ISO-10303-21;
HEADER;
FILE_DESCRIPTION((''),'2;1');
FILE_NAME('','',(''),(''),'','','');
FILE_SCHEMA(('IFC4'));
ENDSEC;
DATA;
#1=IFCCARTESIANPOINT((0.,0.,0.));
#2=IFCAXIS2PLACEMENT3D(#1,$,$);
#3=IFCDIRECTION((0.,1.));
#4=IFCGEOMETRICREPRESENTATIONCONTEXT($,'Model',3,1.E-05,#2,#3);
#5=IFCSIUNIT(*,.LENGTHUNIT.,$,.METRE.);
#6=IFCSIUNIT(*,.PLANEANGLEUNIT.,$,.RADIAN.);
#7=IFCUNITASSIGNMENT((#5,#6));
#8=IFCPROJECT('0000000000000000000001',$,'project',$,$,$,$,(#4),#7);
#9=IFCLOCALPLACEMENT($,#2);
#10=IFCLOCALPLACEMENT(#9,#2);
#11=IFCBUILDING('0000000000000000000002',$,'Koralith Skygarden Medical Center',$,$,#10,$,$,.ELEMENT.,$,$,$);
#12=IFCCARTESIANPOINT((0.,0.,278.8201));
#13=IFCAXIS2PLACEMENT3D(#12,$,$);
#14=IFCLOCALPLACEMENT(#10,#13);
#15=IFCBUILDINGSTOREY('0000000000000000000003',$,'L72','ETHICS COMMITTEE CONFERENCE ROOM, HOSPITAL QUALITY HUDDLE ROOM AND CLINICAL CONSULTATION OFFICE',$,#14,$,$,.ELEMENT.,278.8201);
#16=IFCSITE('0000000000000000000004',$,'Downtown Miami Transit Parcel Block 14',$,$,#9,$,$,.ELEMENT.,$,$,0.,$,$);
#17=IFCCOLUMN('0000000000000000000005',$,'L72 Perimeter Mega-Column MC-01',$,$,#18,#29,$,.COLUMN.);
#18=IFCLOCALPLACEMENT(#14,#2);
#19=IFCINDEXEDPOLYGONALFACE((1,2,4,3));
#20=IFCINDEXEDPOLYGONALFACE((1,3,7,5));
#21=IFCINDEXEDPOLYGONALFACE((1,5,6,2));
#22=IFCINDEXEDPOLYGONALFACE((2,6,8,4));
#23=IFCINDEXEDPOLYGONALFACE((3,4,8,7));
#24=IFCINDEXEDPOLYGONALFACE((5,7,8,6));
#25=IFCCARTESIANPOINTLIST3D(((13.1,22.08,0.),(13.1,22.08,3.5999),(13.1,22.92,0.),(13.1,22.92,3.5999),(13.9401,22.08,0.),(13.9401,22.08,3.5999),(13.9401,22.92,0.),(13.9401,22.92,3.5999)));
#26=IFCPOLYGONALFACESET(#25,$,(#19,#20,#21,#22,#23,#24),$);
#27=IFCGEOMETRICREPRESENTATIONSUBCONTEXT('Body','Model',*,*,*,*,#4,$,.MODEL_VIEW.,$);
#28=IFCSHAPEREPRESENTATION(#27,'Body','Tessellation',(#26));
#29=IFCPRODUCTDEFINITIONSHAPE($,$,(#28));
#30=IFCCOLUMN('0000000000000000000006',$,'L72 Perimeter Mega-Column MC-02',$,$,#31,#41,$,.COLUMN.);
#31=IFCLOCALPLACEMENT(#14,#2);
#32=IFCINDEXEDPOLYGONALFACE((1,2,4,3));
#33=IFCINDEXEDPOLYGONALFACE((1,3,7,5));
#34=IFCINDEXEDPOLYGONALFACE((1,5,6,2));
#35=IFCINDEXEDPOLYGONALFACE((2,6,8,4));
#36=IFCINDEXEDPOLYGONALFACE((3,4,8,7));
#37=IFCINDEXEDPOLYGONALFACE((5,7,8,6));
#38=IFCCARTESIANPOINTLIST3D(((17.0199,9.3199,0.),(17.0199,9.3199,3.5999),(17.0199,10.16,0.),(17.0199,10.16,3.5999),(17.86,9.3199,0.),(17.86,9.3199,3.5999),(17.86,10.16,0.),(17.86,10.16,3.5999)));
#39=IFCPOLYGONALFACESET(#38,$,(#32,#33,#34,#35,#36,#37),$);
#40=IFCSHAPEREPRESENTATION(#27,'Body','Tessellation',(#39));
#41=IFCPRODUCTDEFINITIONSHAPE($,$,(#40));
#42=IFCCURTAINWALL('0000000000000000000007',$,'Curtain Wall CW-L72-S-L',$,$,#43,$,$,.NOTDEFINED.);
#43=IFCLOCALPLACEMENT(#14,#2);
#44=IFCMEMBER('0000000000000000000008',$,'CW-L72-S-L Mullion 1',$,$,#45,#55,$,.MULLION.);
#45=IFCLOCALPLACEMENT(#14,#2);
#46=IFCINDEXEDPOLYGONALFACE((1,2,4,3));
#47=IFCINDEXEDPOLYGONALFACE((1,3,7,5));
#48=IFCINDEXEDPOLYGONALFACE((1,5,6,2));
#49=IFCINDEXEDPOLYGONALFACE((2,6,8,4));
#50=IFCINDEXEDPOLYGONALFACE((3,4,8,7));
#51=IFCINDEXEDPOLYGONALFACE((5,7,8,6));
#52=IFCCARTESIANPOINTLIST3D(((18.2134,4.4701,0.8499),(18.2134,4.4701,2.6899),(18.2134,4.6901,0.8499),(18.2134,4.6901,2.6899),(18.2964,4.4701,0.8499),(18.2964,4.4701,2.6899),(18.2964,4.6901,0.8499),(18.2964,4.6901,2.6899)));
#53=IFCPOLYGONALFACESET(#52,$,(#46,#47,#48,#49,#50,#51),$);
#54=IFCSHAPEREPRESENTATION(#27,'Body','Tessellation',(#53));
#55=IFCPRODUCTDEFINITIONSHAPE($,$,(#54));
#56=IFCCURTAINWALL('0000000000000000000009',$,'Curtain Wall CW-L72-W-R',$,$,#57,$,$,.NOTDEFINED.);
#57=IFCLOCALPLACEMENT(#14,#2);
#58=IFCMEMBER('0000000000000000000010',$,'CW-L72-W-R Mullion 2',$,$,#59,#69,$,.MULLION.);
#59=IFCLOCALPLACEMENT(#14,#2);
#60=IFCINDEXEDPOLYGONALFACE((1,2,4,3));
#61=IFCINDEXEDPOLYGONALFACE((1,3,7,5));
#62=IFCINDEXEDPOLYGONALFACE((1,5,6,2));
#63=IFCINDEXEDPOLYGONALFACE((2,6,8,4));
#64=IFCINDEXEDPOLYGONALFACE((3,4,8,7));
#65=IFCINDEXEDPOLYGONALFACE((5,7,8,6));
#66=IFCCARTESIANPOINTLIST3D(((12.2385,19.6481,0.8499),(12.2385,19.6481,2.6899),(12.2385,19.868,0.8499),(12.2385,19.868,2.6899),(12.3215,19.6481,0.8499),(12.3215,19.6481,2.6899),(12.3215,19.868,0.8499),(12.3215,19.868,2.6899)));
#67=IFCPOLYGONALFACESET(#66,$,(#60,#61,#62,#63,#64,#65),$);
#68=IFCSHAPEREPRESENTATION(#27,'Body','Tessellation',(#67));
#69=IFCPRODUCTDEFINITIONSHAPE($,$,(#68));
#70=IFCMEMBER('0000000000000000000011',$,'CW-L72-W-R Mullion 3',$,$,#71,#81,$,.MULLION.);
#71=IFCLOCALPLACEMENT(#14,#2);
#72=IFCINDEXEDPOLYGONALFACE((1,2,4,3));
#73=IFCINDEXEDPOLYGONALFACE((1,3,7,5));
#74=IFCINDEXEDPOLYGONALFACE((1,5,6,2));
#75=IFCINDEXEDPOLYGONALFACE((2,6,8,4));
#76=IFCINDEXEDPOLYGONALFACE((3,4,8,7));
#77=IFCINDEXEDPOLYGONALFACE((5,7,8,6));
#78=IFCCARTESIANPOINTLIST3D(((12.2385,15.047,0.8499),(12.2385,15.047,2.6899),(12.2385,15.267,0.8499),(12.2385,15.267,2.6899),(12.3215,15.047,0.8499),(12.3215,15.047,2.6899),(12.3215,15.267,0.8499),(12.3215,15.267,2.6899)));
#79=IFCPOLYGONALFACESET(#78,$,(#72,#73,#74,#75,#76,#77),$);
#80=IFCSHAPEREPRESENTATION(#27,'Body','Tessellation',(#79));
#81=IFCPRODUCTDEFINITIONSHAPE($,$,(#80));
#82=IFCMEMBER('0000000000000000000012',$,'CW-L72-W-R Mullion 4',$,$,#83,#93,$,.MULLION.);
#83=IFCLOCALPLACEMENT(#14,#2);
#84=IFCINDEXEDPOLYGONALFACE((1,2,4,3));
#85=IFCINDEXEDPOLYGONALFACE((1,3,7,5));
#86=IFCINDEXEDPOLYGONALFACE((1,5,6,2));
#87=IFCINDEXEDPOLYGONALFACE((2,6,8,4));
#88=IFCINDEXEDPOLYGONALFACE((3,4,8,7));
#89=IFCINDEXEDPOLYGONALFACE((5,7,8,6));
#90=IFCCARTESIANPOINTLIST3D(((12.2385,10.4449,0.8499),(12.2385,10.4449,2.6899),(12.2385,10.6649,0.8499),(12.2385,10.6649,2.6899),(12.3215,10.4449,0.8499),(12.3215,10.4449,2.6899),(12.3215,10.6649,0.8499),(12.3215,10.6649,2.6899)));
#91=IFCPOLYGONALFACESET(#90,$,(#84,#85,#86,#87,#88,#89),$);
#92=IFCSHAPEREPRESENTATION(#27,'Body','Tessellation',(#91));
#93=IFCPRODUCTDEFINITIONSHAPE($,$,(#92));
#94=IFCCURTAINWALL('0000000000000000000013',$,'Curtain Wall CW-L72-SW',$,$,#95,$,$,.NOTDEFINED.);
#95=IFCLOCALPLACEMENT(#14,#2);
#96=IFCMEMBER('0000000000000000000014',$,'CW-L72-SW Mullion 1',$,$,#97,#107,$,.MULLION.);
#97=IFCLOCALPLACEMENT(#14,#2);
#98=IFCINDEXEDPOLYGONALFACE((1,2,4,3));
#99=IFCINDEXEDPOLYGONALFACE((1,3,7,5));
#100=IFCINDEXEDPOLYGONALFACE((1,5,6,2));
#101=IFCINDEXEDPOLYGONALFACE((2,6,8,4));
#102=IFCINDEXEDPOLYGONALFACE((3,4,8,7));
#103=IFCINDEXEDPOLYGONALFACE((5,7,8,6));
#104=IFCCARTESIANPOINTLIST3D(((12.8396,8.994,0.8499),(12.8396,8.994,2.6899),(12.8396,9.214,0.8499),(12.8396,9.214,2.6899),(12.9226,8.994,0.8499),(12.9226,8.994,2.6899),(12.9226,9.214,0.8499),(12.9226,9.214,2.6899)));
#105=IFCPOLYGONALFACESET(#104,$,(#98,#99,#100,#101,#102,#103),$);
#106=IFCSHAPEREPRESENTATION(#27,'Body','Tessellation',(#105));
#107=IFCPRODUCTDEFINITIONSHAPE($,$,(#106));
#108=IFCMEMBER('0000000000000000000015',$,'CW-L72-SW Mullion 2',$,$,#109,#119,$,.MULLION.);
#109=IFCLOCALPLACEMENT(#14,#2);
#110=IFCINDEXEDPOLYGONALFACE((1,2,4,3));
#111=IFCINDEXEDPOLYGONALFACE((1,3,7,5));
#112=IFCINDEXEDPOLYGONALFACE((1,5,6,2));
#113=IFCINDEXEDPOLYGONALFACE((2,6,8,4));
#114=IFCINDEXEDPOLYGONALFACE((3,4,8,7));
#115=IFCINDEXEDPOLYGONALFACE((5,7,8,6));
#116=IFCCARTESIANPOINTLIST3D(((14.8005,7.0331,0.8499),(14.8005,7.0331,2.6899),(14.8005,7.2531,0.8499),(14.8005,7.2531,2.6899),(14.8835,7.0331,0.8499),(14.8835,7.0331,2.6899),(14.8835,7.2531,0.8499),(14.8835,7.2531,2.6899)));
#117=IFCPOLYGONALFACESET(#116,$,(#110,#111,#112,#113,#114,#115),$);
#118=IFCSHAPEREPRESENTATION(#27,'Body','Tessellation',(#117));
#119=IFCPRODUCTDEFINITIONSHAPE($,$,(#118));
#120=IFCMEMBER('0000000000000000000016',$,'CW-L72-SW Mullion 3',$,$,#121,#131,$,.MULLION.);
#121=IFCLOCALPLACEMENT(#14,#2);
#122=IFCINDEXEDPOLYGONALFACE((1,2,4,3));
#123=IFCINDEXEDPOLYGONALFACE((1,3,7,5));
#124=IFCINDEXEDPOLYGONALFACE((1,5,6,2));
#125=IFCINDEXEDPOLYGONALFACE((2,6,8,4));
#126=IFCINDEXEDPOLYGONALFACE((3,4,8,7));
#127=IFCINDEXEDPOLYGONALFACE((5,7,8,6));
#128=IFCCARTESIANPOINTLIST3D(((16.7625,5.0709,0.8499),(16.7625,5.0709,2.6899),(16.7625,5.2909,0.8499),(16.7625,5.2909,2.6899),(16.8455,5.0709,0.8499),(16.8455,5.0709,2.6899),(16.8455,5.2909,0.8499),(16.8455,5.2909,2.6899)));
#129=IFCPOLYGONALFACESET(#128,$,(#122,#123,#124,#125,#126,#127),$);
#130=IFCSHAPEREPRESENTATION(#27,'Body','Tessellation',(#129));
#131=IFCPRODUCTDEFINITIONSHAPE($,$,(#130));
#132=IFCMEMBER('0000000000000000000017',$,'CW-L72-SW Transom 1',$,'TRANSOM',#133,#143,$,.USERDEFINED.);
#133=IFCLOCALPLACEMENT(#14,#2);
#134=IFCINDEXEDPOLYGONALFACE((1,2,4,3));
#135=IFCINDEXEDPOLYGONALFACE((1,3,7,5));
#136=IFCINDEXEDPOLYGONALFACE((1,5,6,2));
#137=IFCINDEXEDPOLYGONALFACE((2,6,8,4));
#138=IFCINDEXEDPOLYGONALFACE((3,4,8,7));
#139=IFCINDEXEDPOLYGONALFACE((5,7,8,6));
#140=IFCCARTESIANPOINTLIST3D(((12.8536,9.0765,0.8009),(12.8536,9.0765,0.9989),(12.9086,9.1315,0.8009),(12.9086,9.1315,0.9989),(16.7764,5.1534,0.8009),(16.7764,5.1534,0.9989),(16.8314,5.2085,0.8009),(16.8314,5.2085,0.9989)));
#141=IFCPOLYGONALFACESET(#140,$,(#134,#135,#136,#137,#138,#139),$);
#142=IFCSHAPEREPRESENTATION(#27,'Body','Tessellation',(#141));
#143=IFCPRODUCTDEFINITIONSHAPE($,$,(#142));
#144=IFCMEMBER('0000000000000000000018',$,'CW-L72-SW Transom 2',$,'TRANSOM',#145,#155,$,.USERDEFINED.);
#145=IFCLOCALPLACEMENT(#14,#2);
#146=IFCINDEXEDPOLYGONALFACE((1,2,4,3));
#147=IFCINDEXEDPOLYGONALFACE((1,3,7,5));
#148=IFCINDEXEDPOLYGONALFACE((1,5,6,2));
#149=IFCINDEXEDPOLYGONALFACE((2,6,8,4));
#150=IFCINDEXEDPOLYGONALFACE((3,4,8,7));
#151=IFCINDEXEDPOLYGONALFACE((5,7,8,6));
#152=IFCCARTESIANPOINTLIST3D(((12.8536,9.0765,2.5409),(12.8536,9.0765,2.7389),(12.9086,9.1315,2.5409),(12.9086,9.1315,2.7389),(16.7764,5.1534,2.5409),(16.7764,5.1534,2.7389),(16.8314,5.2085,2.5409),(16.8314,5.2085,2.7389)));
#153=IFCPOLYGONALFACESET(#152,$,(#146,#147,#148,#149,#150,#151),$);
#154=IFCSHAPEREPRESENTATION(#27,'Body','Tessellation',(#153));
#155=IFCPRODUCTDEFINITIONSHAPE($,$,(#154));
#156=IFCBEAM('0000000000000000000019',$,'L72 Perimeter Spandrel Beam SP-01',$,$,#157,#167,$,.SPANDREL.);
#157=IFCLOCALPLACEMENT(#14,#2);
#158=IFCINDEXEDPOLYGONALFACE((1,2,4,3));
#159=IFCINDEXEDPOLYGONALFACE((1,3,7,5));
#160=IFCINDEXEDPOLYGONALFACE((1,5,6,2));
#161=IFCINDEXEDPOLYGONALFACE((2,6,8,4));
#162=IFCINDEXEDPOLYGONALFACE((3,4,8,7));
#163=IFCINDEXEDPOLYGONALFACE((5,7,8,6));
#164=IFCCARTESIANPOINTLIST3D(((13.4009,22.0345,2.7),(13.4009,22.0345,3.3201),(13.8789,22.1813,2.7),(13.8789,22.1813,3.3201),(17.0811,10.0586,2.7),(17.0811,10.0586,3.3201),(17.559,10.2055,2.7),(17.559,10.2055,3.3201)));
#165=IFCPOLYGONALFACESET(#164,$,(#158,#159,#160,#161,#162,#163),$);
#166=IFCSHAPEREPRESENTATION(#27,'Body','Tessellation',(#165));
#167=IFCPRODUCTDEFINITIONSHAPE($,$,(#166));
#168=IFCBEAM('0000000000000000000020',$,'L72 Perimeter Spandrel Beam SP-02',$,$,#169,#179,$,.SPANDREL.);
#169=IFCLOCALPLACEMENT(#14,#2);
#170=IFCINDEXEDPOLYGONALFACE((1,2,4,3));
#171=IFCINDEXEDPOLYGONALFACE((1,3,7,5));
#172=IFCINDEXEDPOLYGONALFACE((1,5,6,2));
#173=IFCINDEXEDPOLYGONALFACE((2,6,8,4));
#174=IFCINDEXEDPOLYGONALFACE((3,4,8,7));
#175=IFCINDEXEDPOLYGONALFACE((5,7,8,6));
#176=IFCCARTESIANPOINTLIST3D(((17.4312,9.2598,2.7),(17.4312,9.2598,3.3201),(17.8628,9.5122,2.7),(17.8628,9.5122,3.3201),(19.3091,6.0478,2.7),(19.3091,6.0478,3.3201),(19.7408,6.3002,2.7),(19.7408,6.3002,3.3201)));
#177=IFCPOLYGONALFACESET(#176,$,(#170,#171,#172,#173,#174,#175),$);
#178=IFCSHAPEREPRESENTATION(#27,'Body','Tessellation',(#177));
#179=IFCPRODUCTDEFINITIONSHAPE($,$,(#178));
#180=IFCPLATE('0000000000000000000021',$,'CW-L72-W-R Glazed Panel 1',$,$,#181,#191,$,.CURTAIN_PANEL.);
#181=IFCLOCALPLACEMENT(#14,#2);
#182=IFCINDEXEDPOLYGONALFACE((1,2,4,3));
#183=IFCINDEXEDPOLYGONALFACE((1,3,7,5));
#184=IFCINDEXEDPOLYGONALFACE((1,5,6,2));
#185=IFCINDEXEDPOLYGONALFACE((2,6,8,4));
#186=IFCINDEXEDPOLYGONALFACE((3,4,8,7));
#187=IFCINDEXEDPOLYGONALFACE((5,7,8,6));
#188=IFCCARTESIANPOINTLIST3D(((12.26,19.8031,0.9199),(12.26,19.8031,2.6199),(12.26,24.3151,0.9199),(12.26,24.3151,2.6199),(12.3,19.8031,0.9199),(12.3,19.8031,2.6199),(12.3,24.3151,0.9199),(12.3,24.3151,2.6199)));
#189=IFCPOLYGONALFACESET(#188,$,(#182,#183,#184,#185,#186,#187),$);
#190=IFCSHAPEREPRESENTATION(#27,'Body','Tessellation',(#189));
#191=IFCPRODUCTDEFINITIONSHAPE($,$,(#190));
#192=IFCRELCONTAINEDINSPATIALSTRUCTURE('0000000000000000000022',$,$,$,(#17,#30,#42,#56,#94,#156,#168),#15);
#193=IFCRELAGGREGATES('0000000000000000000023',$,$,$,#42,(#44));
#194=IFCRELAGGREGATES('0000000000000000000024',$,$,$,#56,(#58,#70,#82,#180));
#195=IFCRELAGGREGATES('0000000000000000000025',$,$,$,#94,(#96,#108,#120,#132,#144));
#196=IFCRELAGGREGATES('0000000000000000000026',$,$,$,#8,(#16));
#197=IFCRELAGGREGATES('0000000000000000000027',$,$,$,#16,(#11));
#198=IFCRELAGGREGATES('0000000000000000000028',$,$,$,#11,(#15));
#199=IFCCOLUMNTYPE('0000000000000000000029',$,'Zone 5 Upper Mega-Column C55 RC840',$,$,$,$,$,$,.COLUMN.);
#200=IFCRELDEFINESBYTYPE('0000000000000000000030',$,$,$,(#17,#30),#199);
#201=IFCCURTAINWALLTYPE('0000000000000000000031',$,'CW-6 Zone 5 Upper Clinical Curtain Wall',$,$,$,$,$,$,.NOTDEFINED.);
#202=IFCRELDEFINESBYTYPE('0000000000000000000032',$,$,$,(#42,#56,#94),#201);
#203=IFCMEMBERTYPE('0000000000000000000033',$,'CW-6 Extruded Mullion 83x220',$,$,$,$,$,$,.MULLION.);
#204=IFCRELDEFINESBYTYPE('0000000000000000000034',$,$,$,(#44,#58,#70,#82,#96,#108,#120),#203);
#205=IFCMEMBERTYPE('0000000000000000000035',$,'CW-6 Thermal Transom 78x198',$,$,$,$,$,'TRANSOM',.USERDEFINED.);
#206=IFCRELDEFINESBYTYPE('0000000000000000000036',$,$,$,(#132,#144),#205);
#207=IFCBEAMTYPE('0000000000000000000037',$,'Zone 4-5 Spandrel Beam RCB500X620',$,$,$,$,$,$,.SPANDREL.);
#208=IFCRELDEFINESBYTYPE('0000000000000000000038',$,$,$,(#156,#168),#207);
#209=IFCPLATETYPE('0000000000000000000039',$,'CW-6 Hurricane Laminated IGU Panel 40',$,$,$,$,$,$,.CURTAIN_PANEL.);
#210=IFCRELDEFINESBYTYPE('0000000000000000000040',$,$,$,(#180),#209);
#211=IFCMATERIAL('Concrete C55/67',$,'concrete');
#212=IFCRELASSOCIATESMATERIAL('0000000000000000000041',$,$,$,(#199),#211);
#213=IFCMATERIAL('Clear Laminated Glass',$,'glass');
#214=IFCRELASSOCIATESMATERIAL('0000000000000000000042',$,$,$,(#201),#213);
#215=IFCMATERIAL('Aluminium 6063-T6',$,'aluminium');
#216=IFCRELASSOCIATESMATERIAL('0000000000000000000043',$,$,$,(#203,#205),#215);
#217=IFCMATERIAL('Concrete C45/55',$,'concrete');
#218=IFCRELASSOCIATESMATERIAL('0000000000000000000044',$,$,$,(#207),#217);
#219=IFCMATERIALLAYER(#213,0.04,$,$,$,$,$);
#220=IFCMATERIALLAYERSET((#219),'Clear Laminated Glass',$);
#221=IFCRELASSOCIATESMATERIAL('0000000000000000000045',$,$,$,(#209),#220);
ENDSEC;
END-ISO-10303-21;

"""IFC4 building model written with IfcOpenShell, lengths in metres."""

from ifc_helpers import new_model, si_unit, direction, frame, origin, origin_2d, place, context, subcontext, project, spatial, rectangle, extrude, material, layer, layer_set, material_profile, profile_set, type_object, element, aggregate, save


model = new_model("IFC4")

# Units and contexts
model_context = context("Model", 3, precision=1e-05, world=origin(), true_north=direction((0.0, 1.0)))
body_context = subcontext(model_context, "Body", "Model", "MODEL_VIEW")
ifc_project = project(units=[si_unit("LENGTHUNIT", "METRE"), si_unit("PLANEANGLEUNIT", "RADIAN")], contexts=[model_context])

# Site, building, storey
site_placement = place(None, origin())
site = spatial("IfcSite", under=ifc_project, at=site_placement, Name="Downtown Miami Transit Parcel Block 14", CompositionType="ELEMENT", RefElevation=0.0)
building_placement = place(site_placement, origin())
building = spatial("IfcBuilding", under=site, at=building_placement, Name="Koralith Skygarden Medical Center", CompositionType="ELEMENT")
storey_placement = place(building_placement, frame((0.0, 0.0, 278.8201)))
storey = spatial("IfcBuildingStorey", under=building, at=storey_placement, Name="L72", Description="ETHICS COMMITTEE CONFERENCE ROOM, HOSPITAL QUALITY HUDDLE ROOM AND CLINICAL CONSULTATION OFFICE", CompositionType="ELEMENT", Elevation=278.8201)

# Columns
ifc_material_1 = material(Name="Concrete C55/67", Category="concrete")
ifc_material_profile_1 = material_profile(ifc_material_1, rectangle(XDim=0.8401, YDim=0.8401, at=origin_2d()), Name="RC840X840")
ifc_profile_set_1 = profile_set([ifc_material_profile_1], Name="Concrete C55/67")
column_type = type_object("IfcColumnType", Name="Zone 5 Upper Mega-Column C55 RC840", PredefinedType="COLUMN", material=ifc_profile_set_1)
for number, where, z_axis, x_axis, name in (
    (1, (13.52, 22.5, 0.0), (0.0, 0.0, 1.0), (1.0, 0.0, 0.0), "L72 Perimeter Mega-Column MC-01"),
    (2, (17.4399, 9.74, 0.0), (0.0, 0.0, 1.0), (1.0, 0.0, 0.0), "L72 Perimeter Mega-Column MC-02"),
):
    element("IfcColumn", number, at=place(storey_placement, frame(where, z_axis=z_axis, x_axis=x_axis)), inside=storey, type_object=column_type, Name=name, PredefinedType="COLUMN", context=body_context, shape_type="SweptSolid", body=[
        extrude(rectangle(XDim=0.8401, YDim=0.8401, at=origin_2d()), origin(), (0.0, 0.0, 1.0), 3.5999),
    ])

# Curtain wall, member
ifc_material_2 = material(Name="Clear Laminated Glass", Category="glass")
curtain_wall_type = type_object("IfcCurtainWallType", Name="CW-6 Zone 5 Upper Clinical Curtain Wall", PredefinedType="NOTDEFINED", material=ifc_material_2)
curtain_wall_1_placement = place(storey_placement, origin())
curtain_wall_1 = element("IfcCurtainWall", 3, at=curtain_wall_1_placement, inside=storey, type_object=curtain_wall_type, Name="Curtain Wall CW-L72-S-L", PredefinedType="NOTDEFINED")
ifc_material_3 = material(Name="Aluminium 6063-T6", Category="aluminium")
ifc_material_profile_2 = material_profile(ifc_material_3, rectangle(XDim=0.083, YDim=0.22, at=origin_2d()), Name="MUL83X220")
ifc_profile_set_2 = profile_set([ifc_material_profile_2], Name="Aluminium 6063-T6")
member_type_1 = type_object("IfcMemberType", Name="CW-6 Extruded Mullion 83x220", PredefinedType="MULLION", material=ifc_profile_set_2)
member_1_placement = place(storey_placement, frame((18.2549, 4.5801, 0.8499), z_axis=(0.0, 0.0, 1.0), x_axis=(1.0, 0.0, 0.0)))
member_1 = element("IfcMember", 4, at=member_1_placement, type_object=member_type_1, Name="CW-L72-S-L Mullion 1", PredefinedType="MULLION", context=body_context, shape_type="SweptSolid", body=[
    extrude(rectangle(XDim=0.083, YDim=0.22, at=origin_2d()), origin(), (0.0, 0.0, 1.0), 1.8401),
])
aggregate(curtain_wall_1, [member_1])

# Curtain walls, members
curtain_wall_2_placement = place(storey_placement, origin())
curtain_wall_2 = element("IfcCurtainWall", 5, at=curtain_wall_2_placement, inside=storey, type_object=curtain_wall_type, Name="Curtain Wall CW-L72-W-R", PredefinedType="NOTDEFINED")
member_2_placement = place(storey_placement, frame((12.28, 19.7581, 0.8499), z_axis=(0.0, 0.0, 1.0), x_axis=(1.0, 0.0, 0.0)))
member_2 = element("IfcMember", 6, at=member_2_placement, type_object=member_type_1, Name="CW-L72-W-R Mullion 2", PredefinedType="MULLION", context=body_context, shape_type="SweptSolid", body=[
    extrude(rectangle(XDim=0.083, YDim=0.22, at=origin_2d()), origin(), (0.0, 0.0, 1.0), 1.8401),
])
member_3_placement = place(storey_placement, frame((12.28, 15.157, 0.8499), z_axis=(0.0, 0.0, 1.0), x_axis=(1.0, 0.0, 0.0)))
member_3 = element("IfcMember", 7, at=member_3_placement, type_object=member_type_1, Name="CW-L72-W-R Mullion 3", PredefinedType="MULLION", context=body_context, shape_type="SweptSolid", body=[
    extrude(rectangle(XDim=0.083, YDim=0.22, at=origin_2d()), origin(), (0.0, 0.0, 1.0), 1.8401),
])
member_4_placement = place(storey_placement, frame((12.28, 10.5549, 0.8499), z_axis=(0.0, 0.0, 1.0), x_axis=(1.0, 0.0, 0.0)))
member_4 = element("IfcMember", 8, at=member_4_placement, type_object=member_type_1, Name="CW-L72-W-R Mullion 4", PredefinedType="MULLION", context=body_context, shape_type="SweptSolid", body=[
    extrude(rectangle(XDim=0.083, YDim=0.22, at=origin_2d()), origin(), (0.0, 0.0, 1.0), 1.8401),
])
curtain_wall_3_placement = place(storey_placement, origin())
curtain_wall_3 = element("IfcCurtainWall", 9, at=curtain_wall_3_placement, inside=storey, type_object=curtain_wall_type, Name="Curtain Wall CW-L72-SW", PredefinedType="NOTDEFINED")
member_5_placement = place(storey_placement, frame((12.8811, 9.104, 0.8499), z_axis=(0.0, 0.0, 1.0), x_axis=(1.0, 0.0, 0.0)))
member_5 = element("IfcMember", 10, at=member_5_placement, type_object=member_type_1, Name="CW-L72-SW Mullion 1", PredefinedType="MULLION", context=body_context, shape_type="SweptSolid", body=[
    extrude(rectangle(XDim=0.083, YDim=0.22, at=origin_2d()), origin(), (0.0, 0.0, 1.0), 1.8401),
])
member_6_placement = place(storey_placement, frame((14.842, 7.1431, 0.8499), z_axis=(0.0, 0.0, 1.0), x_axis=(1.0, 0.0, 0.0)))
member_6 = element("IfcMember", 11, at=member_6_placement, type_object=member_type_1, Name="CW-L72-SW Mullion 2", PredefinedType="MULLION", context=body_context, shape_type="SweptSolid", body=[
    extrude(rectangle(XDim=0.083, YDim=0.22, at=origin_2d()), origin(), (0.0, 0.0, 1.0), 1.8401),
])
member_7_placement = place(storey_placement, frame((16.804, 5.1809, 0.8499), z_axis=(0.0, 0.0, 1.0), x_axis=(1.0, 0.0, 0.0)))
member_7 = element("IfcMember", 12, at=member_7_placement, type_object=member_type_1, Name="CW-L72-SW Mullion 3", PredefinedType="MULLION", context=body_context, shape_type="SweptSolid", body=[
    extrude(rectangle(XDim=0.083, YDim=0.22, at=origin_2d()), origin(), (0.0, 0.0, 1.0), 1.8401),
])
ifc_material_profile_3 = material_profile(ifc_material_3, rectangle(XDim=0.0779, YDim=0.198, at=origin_2d()), Name="TRN78X198")
ifc_profile_set_3 = profile_set([ifc_material_profile_3], Name="Aluminium 6063-T6")
member_type_2 = type_object("IfcMemberType", Name="CW-6 Thermal Transom 78x198", ElementType="TRANSOM", PredefinedType="USERDEFINED", material=ifc_profile_set_3)
member_8_placement = place(storey_placement, frame((12.8811, 9.104, 0.8999), z_axis=(0.707085, -0.707129, 0.0), x_axis=(0.707129, 0.707085, 0.0)))
member_8 = element("IfcMember", 13, at=member_8_placement, type_object=member_type_2, Name="CW-L72-SW Transom 1", ObjectType="TRANSOM", PredefinedType="USERDEFINED", context=body_context, shape_type="SweptSolid", body=[
    extrude(rectangle(XDim=0.0779, YDim=0.198, at=origin_2d()), origin(), (0.0, 0.0, 1.0), 5.5479),
])
member_9_placement = place(storey_placement, frame((12.8811, 9.104, 2.6399), z_axis=(0.707085, -0.707129, 0.0), x_axis=(0.707129, 0.707085, 0.0)))
member_9 = element("IfcMember", 14, at=member_9_placement, type_object=member_type_2, Name="CW-L72-SW Transom 2", ObjectType="TRANSOM", PredefinedType="USERDEFINED", context=body_context, shape_type="SweptSolid", body=[
    extrude(rectangle(XDim=0.0779, YDim=0.198, at=origin_2d()), origin(), (0.0, 0.0, 1.0), 5.5479),
])

# Beams
ifc_material_4 = material(Name="Concrete C45/55", Category="concrete")
ifc_material_profile_4 = material_profile(ifc_material_4, rectangle(XDim=0.5, YDim=0.6201, at=origin_2d()), Name="RCB500X620")
ifc_profile_set_4 = profile_set([ifc_material_profile_4], Name="Concrete C45/55")
beam_type = type_object("IfcBeamType", Name="Zone 4-5 Spandrel Beam RCB500X620", PredefinedType="SPANDREL", material=ifc_profile_set_4)
beam_1_placement = place(storey_placement, frame((13.6399, 22.1079, 3.01), z_axis=(0.293743, -0.955884, 0.0), x_axis=(0.955884, 0.293743, 0.0)))
element("IfcBeam", 15, at=beam_1_placement, inside=storey, type_object=beam_type, Name="L72 Perimeter Spandrel Beam SP-01", PredefinedType="SPANDREL", context=body_context, shape_type="SweptSolid", body=[
    extrude(rectangle(XDim=0.5, YDim=0.6201, at=origin_2d()), origin(), (0.0, 0.0, 1.0), 12.5286),
])
beam_2_placement = place(storey_placement, frame((17.647, 9.386, 3.01), z_axis=(0.504736, -0.863274, 0.0), x_axis=(0.863274, 0.504736, 0.0)))
element("IfcBeam", 16, at=beam_2_placement, inside=storey, type_object=beam_type, Name="L72 Perimeter Spandrel Beam SP-02", PredefinedType="SPANDREL", context=body_context, shape_type="SweptSolid", body=[
    extrude(rectangle(XDim=0.5, YDim=0.6201, at=origin_2d()), origin(), (0.0, 0.0, 1.0), 3.7207),
])

# Plate
ifc_layer_1 = layer(ifc_material_2, 0.04)
ifc_layer_set_1 = layer_set([ifc_layer_1], Name="Clear Laminated Glass")
plate_type_1 = type_object("IfcPlateType", Name="CW-6 Hurricane Laminated IGU Panel 40", PredefinedType="CURTAIN_PANEL", material=ifc_layer_set_1)
plate_1_placement = place(storey_placement, frame((12.28, 22.0591, 0.9199), z_axis=(0.0, 0.0, 1.0), x_axis=(0.0, -1.0, 0.0)))
plate_1 = element("IfcPlate", 17, at=plate_1_placement, type_object=plate_type_1, Name="CW-L72-W-R Glazed Panel 1", PredefinedType="CURTAIN_PANEL", context=body_context, shape_type="SweptSolid", body=[
    extrude(rectangle(XDim=4.512, YDim=0.04, at=origin_2d()), origin(), (0.0, 0.0, 1.0), 1.7),
])
aggregate(curtain_wall_2, [member_2, member_3, member_4, plate_1])
aggregate(curtain_wall_3, [member_5, member_6, member_7, member_8, member_9])

save(model, "model.ifc")
